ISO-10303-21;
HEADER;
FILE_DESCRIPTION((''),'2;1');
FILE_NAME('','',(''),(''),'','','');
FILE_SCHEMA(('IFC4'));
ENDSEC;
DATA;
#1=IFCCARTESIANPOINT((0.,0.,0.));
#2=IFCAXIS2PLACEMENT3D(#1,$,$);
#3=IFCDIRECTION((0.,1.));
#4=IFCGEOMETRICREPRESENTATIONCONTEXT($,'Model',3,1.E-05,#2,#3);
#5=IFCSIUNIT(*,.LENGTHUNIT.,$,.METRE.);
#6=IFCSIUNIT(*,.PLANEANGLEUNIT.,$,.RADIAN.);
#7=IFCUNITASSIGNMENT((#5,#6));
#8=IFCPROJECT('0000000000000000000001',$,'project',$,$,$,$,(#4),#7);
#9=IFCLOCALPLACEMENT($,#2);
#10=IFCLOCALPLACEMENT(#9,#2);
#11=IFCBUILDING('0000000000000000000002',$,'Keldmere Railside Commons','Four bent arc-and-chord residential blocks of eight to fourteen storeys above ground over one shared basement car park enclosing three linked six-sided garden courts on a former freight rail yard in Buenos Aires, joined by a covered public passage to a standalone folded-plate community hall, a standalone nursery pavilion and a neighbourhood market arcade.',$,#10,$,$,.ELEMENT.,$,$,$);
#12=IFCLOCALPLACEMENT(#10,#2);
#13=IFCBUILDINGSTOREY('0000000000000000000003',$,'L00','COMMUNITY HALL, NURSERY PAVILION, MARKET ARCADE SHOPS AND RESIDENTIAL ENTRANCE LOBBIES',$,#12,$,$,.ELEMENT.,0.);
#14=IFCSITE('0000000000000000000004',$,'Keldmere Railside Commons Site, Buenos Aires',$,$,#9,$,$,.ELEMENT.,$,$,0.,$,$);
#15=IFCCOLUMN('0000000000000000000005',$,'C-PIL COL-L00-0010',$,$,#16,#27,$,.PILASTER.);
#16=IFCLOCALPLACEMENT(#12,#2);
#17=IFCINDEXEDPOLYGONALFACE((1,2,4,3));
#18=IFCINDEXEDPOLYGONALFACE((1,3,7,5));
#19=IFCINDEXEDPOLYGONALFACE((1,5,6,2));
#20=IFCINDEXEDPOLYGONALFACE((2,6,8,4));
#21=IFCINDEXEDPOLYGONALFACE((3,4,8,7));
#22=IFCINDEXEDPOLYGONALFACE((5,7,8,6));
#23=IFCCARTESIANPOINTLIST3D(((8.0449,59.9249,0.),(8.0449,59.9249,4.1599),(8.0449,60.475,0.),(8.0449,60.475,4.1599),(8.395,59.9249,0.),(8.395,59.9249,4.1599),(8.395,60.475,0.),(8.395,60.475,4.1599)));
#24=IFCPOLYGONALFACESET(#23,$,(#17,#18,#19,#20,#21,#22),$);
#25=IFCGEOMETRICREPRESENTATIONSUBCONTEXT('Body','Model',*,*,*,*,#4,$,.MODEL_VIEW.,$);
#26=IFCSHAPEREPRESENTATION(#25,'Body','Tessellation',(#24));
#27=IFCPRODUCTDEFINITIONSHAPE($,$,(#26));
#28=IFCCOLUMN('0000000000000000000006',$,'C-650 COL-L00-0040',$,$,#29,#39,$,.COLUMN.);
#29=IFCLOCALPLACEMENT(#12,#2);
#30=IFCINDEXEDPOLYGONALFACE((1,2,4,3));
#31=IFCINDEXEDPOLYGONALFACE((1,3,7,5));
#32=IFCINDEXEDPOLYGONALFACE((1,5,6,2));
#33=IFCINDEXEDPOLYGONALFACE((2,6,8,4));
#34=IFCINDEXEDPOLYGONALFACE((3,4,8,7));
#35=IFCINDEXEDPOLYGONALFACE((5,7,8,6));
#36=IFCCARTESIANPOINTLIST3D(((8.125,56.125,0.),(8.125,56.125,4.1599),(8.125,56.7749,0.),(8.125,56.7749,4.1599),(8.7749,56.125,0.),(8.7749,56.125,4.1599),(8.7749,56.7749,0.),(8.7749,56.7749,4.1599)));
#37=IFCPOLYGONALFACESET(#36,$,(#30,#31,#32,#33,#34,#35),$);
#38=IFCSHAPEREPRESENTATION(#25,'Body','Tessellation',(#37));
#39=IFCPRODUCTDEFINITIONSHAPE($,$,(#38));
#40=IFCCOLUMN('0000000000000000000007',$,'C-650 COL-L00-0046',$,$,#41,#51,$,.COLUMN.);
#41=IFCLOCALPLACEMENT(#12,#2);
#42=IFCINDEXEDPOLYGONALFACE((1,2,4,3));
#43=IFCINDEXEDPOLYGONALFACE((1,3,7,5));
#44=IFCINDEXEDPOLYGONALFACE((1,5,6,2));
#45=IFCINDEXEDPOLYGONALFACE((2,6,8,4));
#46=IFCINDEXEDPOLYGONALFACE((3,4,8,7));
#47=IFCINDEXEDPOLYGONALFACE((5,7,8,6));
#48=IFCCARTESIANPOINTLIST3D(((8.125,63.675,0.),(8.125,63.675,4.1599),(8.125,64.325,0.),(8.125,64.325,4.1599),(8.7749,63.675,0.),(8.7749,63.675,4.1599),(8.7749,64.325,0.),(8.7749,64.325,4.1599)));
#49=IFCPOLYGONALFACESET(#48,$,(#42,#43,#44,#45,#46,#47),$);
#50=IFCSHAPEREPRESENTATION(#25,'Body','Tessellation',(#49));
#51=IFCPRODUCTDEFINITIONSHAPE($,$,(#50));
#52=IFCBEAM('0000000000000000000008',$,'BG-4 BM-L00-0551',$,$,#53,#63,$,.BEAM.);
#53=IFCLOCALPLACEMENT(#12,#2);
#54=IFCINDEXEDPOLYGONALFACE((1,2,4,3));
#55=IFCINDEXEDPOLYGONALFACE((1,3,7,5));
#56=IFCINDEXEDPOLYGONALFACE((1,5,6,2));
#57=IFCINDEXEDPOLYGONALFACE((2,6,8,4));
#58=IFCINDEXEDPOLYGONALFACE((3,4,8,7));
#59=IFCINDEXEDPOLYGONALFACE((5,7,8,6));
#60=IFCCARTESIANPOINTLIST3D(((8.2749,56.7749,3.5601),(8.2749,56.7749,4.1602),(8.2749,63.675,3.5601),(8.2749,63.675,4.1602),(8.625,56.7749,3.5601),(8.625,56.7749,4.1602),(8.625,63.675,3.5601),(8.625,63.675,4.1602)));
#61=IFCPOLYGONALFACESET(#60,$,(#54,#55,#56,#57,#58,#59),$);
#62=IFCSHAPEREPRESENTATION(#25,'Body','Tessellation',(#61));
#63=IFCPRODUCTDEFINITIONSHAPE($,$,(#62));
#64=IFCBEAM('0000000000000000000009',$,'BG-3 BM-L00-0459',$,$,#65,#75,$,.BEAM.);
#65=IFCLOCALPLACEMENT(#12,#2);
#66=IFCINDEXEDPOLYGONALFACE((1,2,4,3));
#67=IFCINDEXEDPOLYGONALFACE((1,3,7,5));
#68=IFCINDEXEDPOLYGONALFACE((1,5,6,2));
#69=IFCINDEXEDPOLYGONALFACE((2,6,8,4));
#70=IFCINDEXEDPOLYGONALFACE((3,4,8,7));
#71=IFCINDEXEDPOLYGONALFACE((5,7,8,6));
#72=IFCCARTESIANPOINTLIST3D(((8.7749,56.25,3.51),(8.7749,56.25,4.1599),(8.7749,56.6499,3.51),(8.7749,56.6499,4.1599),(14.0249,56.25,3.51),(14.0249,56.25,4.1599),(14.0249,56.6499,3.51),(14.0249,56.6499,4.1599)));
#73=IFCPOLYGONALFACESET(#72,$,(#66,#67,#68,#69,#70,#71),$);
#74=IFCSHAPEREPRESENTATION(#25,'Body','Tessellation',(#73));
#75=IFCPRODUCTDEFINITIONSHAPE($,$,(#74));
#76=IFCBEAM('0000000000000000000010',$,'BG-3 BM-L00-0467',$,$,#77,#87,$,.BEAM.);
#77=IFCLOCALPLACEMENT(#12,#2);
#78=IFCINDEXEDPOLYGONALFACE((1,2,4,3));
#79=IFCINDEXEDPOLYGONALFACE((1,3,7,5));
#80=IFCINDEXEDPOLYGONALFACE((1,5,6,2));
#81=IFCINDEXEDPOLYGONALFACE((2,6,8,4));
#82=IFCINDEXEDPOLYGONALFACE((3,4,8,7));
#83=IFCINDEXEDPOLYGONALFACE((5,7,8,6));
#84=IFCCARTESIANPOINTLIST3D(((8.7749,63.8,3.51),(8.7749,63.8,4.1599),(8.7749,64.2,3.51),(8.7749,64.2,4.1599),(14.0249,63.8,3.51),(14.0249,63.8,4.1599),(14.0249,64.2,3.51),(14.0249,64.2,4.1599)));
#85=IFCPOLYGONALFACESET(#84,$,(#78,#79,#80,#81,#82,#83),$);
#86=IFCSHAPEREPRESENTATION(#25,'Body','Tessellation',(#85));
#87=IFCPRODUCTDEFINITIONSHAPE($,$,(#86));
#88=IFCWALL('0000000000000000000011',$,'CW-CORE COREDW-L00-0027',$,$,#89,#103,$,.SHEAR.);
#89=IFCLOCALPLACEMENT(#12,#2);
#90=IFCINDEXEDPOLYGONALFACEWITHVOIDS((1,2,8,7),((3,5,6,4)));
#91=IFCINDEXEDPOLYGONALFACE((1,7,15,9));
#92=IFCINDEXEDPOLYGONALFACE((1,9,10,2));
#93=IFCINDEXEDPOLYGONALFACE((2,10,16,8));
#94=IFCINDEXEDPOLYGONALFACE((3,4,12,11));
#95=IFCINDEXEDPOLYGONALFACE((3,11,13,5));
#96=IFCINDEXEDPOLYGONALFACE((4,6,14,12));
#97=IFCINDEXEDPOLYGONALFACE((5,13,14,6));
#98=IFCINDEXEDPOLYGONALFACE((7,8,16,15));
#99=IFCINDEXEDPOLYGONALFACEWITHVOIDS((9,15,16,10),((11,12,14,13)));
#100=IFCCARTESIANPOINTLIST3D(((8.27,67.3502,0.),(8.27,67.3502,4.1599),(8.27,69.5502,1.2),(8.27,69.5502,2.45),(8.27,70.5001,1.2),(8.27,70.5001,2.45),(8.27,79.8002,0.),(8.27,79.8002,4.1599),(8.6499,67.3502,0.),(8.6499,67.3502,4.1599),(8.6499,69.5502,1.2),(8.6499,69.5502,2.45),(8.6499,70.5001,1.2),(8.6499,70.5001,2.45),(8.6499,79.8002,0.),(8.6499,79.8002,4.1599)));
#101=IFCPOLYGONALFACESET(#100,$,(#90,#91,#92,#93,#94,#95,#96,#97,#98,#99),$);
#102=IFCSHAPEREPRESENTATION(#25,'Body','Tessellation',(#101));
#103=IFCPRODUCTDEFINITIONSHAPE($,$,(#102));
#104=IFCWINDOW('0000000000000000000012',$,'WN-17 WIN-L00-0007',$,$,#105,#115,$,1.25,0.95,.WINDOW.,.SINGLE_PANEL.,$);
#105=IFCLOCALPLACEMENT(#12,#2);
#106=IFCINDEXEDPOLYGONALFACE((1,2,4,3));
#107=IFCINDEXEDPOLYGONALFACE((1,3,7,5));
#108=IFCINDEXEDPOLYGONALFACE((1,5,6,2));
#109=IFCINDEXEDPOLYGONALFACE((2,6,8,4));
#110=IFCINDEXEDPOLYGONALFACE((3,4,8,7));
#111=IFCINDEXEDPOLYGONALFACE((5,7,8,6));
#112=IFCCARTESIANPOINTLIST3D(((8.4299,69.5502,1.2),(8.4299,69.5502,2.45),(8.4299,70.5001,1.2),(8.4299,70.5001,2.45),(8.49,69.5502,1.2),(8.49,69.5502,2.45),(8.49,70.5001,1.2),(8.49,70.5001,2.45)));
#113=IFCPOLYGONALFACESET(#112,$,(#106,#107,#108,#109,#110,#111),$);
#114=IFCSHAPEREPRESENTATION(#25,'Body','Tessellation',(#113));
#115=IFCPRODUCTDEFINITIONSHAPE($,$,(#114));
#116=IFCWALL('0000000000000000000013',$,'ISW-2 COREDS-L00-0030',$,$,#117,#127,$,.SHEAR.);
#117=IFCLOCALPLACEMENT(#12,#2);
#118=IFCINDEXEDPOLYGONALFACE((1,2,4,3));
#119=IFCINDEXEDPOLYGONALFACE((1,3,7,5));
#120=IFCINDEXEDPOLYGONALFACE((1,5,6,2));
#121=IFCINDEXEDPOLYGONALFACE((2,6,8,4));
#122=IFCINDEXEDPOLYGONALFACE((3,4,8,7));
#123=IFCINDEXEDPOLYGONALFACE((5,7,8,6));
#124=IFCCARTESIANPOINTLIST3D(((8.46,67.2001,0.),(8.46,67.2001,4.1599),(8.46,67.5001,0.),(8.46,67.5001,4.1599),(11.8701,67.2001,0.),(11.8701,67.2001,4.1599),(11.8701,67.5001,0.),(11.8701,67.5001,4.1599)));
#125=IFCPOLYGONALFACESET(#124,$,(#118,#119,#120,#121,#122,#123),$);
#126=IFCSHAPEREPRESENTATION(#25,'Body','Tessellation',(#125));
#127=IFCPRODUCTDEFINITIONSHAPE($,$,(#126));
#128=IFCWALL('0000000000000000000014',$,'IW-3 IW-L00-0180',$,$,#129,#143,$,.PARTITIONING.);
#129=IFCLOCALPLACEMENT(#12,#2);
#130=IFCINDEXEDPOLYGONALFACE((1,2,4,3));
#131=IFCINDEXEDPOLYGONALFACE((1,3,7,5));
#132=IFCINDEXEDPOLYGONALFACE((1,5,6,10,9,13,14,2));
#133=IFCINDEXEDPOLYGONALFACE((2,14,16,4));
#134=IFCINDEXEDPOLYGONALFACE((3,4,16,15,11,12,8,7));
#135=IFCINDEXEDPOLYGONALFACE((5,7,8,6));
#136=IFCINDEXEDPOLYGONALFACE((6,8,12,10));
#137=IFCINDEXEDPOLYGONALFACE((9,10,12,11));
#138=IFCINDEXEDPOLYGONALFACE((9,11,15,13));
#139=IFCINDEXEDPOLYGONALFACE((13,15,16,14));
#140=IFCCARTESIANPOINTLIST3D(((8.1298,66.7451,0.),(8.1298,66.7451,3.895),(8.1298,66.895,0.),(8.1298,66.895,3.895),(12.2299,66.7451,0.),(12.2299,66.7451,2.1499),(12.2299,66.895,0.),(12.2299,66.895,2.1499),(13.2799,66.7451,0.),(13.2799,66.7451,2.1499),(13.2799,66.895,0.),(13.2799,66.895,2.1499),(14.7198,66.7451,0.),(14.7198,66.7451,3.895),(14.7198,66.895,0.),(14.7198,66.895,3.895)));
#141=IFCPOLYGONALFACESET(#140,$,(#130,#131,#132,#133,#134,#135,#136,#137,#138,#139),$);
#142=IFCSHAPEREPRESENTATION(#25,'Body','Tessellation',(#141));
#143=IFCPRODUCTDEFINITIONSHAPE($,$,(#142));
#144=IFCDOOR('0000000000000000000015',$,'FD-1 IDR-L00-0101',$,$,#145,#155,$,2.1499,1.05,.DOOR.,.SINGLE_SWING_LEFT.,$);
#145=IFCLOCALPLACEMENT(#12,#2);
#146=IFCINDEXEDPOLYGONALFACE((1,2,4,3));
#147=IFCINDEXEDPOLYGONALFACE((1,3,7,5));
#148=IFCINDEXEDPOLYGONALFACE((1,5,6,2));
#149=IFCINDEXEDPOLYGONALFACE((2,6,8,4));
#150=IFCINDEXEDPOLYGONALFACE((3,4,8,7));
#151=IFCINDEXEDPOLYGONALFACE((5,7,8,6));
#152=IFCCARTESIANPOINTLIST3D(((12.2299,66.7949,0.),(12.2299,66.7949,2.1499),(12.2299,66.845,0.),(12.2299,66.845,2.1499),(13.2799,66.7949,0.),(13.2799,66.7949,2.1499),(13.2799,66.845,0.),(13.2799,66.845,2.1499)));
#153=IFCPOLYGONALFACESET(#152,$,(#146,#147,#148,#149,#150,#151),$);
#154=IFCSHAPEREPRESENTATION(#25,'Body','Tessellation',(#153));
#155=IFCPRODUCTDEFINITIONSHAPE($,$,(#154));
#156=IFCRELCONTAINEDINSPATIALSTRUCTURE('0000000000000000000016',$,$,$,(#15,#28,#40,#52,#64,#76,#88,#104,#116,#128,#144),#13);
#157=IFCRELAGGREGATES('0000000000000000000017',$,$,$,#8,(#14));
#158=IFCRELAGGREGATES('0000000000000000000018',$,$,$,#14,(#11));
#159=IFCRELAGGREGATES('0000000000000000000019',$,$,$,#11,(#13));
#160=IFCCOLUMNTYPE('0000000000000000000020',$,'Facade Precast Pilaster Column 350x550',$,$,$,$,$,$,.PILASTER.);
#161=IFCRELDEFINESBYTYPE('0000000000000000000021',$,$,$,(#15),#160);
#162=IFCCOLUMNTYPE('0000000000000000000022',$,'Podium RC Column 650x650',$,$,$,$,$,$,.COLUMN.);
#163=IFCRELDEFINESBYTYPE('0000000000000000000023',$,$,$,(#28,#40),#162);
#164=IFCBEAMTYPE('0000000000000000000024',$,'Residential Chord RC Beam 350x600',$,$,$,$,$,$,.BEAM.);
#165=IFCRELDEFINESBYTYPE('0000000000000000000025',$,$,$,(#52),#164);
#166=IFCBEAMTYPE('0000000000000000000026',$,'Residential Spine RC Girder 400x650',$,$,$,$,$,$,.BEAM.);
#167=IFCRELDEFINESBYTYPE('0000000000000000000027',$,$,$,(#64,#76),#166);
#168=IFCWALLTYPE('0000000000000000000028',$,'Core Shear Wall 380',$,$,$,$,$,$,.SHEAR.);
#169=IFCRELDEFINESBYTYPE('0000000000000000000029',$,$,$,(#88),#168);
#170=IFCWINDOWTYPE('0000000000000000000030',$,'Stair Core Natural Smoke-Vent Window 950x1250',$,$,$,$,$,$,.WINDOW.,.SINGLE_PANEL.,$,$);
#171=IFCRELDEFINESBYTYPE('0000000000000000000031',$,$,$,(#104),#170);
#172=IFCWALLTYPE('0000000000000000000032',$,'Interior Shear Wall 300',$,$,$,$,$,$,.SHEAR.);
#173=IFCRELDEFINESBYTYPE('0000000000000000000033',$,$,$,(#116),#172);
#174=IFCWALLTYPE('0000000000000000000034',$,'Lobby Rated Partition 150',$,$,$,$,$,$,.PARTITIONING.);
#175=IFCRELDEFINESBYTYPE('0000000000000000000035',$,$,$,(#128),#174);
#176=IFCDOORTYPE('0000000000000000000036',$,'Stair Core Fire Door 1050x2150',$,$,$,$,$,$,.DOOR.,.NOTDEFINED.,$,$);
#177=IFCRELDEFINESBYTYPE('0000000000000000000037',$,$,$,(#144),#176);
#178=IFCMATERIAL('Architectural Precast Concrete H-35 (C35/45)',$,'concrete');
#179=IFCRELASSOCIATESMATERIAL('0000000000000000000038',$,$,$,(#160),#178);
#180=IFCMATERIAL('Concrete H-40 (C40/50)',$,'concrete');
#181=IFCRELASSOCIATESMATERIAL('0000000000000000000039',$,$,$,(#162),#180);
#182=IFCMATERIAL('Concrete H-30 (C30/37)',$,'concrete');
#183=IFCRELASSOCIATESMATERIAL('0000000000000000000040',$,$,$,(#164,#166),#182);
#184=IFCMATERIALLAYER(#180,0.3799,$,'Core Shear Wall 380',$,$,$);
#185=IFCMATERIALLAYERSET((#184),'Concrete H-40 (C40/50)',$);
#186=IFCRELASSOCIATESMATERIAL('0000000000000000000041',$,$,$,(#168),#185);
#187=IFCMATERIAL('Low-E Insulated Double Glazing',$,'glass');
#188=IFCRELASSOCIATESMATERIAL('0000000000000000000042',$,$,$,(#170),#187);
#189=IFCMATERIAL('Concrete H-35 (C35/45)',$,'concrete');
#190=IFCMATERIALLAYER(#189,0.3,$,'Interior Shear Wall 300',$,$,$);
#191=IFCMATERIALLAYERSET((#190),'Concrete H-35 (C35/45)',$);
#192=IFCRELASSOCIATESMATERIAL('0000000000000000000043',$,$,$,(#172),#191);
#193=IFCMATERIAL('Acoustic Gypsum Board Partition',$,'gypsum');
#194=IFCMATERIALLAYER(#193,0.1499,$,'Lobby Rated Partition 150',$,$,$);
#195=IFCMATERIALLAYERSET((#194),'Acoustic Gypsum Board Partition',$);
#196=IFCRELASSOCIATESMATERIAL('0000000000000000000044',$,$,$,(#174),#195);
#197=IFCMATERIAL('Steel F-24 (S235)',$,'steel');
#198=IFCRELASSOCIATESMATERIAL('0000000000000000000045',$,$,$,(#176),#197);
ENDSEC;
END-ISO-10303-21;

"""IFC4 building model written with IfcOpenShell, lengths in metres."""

from ifc_helpers import new_model, si_unit, direction, frame, frame_2d, origin, origin_2d, place, context, subcontext, project, spatial, rectangle, extrude, material, layer, layer_set, material_profile, profile_set, type_object, element, fill, save


model = new_model("IFC4")

# Units and contexts
model_context = context("Model", 3, precision=1e-05, world=origin(), true_north=direction((0.0, 1.0)))
body_context = subcontext(model_context, "Body", "Model", "MODEL_VIEW")
ifc_project = project(units=[si_unit("LENGTHUNIT", "METRE"), si_unit("PLANEANGLEUNIT", "RADIAN")], contexts=[model_context])

# Site, building, storey
site_placement = place(None, origin())
site = spatial("IfcSite", under=ifc_project, at=site_placement, Name="Keldmere Railside Commons Site, Buenos Aires", CompositionType="ELEMENT", RefElevation=0.0)
building_placement = place(site_placement, origin())
building = spatial("IfcBuilding", under=site, at=building_placement, Name="Keldmere Railside Commons", Description="Four bent arc-and-chord residential blocks of eight to fourteen storeys above ground over one shared basement car park enclosing three linked six-sided garden courts on a former freight rail yard in Buenos Aires, joined by a covered public passage to a standalone folded-plate community hall, a standalone nursery pavilion and a neighbourhood market arcade.", CompositionType="ELEMENT")
storey_placement = place(building_placement, origin())
storey = spatial("IfcBuildingStorey", under=building, at=storey_placement, Name="L00", Description="COMMUNITY HALL, NURSERY PAVILION, MARKET ARCADE SHOPS AND RESIDENTIAL ENTRANCE LOBBIES", CompositionType="ELEMENT", Elevation=0.0)

# Columns
ifc_material_1 = material(Name="Architectural Precast Concrete H-35 (C35/45)", Category="concrete")
ifc_material_profile_1 = material_profile(ifc_material_1, rectangle(XDim=0.3501, YDim=0.55, at=origin_2d()), Name="RC-350x550")
ifc_profile_set_1 = profile_set([ifc_material_profile_1], Name="Architectural Precast Concrete H-35 (C35/45)")
column_type_1 = type_object("IfcColumnType", Name="Facade Precast Pilaster Column 350x550", PredefinedType="PILASTER", material=ifc_profile_set_1)
column_placement = place(storey_placement, frame((8.22, 60.2, 0.0), z_axis=(0.0, 0.0, 1.0), x_axis=(1.0, 0.0, 0.0)))
element("IfcColumn", 1, at=column_placement, inside=storey, type_object=column_type_1, Name="C-PIL COL-L00-0010", PredefinedType="PILASTER", context=body_context, shape_type="SweptSolid", body=[
    extrude(rectangle(XDim=0.3501, YDim=0.55, at=origin_2d()), origin(), (0.0, 0.0, 1.0), 4.1599),
])
ifc_material_2 = material(Name="Concrete H-40 (C40/50)", Category="concrete")
ifc_material_profile_2 = material_profile(ifc_material_2, rectangle(XDim=0.6499, YDim=0.6499, at=origin_2d()), Name="RC-650x650")
ifc_profile_set_2 = profile_set([ifc_material_profile_2], Name="Concrete H-40 (C40/50)")
column_type_2 = type_object("IfcColumnType", Name="Podium RC Column 650x650", PredefinedType="COLUMN", material=ifc_profile_set_2)
for number, where, z_axis, x_axis, name in (
    (2, (8.45, 56.45, 0.0), (0.0, 0.0, 1.0), (1.0, 0.0, 0.0), "C-650 COL-L00-0040"),
    (3, (8.45, 64.0, 0.0), (0.0, 0.0, 1.0), (1.0, 0.0, 0.0), "C-650 COL-L00-0046"),
):
    element("IfcColumn", number, at=place(storey_placement, frame(where, z_axis=z_axis, x_axis=x_axis)), inside=storey, type_object=column_type_2, Name=name, PredefinedType="COLUMN", context=body_context, shape_type="SweptSolid", body=[
        extrude(rectangle(XDim=0.6499, YDim=0.6499, at=origin_2d()), origin(), (0.0, 0.0, 1.0), 4.1599),
    ])

# Beams
ifc_material_3 = material(Name="Concrete H-30 (C30/37)", Category="concrete")
ifc_material_profile_3 = material_profile(ifc_material_3, rectangle(XDim=0.3501, YDim=0.6001, at=origin_2d()), Name="RC-350x600")
ifc_profile_set_3 = profile_set([ifc_material_profile_3], Name="Concrete H-30 (C30/37)")
beam_type_1 = type_object("IfcBeamType", Name="Residential Chord RC Beam 350x600", PredefinedType="BEAM", material=ifc_profile_set_3)
beam_placement = place(storey_placement, frame((8.45, 56.7749, 3.8601), z_axis=(0.0, 1.0, 0.0), x_axis=(-1.0, 0.0, 0.0)))
element("IfcBeam", 4, at=beam_placement, inside=storey, type_object=beam_type_1, Name="BG-4 BM-L00-0551", PredefinedType="BEAM", context=body_context, shape_type="SweptSolid", body=[
    extrude(rectangle(XDim=0.3501, YDim=0.6001, at=origin_2d()), origin(), (0.0, 0.0, 1.0), 6.9001),
])
ifc_material_profile_4 = material_profile(ifc_material_3, rectangle(XDim=0.3999, YDim=0.6499, at=origin_2d()), Name="RC-400x650")
ifc_profile_set_4 = profile_set([ifc_material_profile_4], Name="Concrete H-30 (C30/37)")
beam_type_2 = type_object("IfcBeamType", Name="Residential Spine RC Girder 400x650", PredefinedType="BEAM", material=ifc_profile_set_4)
for number, where, z_axis, x_axis, name in (
    (5, (8.7749, 56.45, 3.835), (1.0, 0.0, 0.0), (0.0, 1.0, 0.0), "BG-3 BM-L00-0459"),
    (6, (8.7749, 64.0, 3.835), (1.0, 0.0, 0.0), (0.0, 1.0, 0.0), "BG-3 BM-L00-0467"),
):
    element("IfcBeam", number, at=place(storey_placement, frame(where, z_axis=z_axis, x_axis=x_axis)), inside=storey, type_object=beam_type_2, Name=name, PredefinedType="BEAM", context=body_context, shape_type="SweptSolid", body=[
        extrude(rectangle(XDim=0.3999, YDim=0.6499, at=origin_2d()), origin(), (0.0, 0.0, 1.0), 5.25),
    ])

# Wall, opening, window
ifc_layer_1 = layer(ifc_material_2, 0.3799, Name="Core Shear Wall 380")
ifc_layer_set_1 = layer_set([ifc_layer_1], Name="Concrete H-40 (C40/50)")
wall_type_1 = type_object("IfcWallType", Name="Core Shear Wall 380", PredefinedType="SHEAR", material=ifc_layer_set_1)
wall_1_placement = place(storey_placement, frame((8.46, 67.3501, 0.0), z_axis=(0.0, 0.0, 1.0), x_axis=(0.0, 1.0, 0.0)))
wall_1 = element("IfcWall", 7, at=wall_1_placement, inside=storey, type_object=wall_type_1, Name="CW-CORE COREDW-L00-0027", PredefinedType="SHEAR", context=body_context, shape_type="SweptSolid", body=[
    extrude(rectangle(XDim=12.45, YDim=0.3799, at=frame_2d((6.2251, 0.0))), origin(), (0.0, 0.0, 1.0), 4.1599),
])
opening_1_placement = place(wall_1_placement, frame((2.2, 0.0, 1.2)))
opening_1 = element("IfcOpeningElement", 8, at=opening_1_placement, cuts=wall_1, PredefinedType="OPENING", context=body_context, shape_type="SweptSolid", body=[
    extrude(rectangle(XDim=0.95, YDim=1.25, at=frame_2d((0.4751, 0.625))), frame((0.0, 0.2, 0.0), z_axis=(0.0, -1.0, 0.0), x_axis=(1.0, 0.0, 0.0)), (0.0, 0.0, 1.0), 0.3999),
])
ifc_material_4 = material(Name="Low-E Insulated Double Glazing", Category="glass")
window_type_1 = type_object("IfcWindowType", Name="Stair Core Natural Smoke-Vent Window 950x1250", PartitioningType="SINGLE_PANEL", PredefinedType="WINDOW", material=ifc_material_4)
window_1_placement = place(opening_1_placement, origin())
window_1 = element("IfcWindow", 9, at=window_1_placement, inside=storey, type_object=window_type_1, Name="WN-17 WIN-L00-0007", OverallHeight=1.25, OverallWidth=0.95, PartitioningType="SINGLE_PANEL", PredefinedType="WINDOW", context=body_context, shape_type="SweptSolid", body=[
    extrude(rectangle(XDim=0.95, YDim=1.25, at=frame_2d((0.4751, 0.625))), frame((0.0, 0.03, 0.0), z_axis=(0.0, -1.0, 0.0), x_axis=(1.0, 0.0, 0.0)), (0.0, 0.0, 1.0), 0.0601),
])
fill(opening_1, window_1)

# Wall
ifc_material_5 = material(Name="Concrete H-35 (C35/45)", Category="concrete")
ifc_layer_2 = layer(ifc_material_5, 0.3, Name="Interior Shear Wall 300")
ifc_layer_set_2 = layer_set([ifc_layer_2], Name="Concrete H-35 (C35/45)")
wall_type_2 = type_object("IfcWallType", Name="Interior Shear Wall 300", PredefinedType="SHEAR", material=ifc_layer_set_2)
wall_2_placement = place(storey_placement, frame((11.8701, 67.3501, 0.0), z_axis=(0.0, 0.0, 1.0), x_axis=(-1.0, 0.0, 0.0)))
element("IfcWall", 10, at=wall_2_placement, inside=storey, type_object=wall_type_2, Name="ISW-2 COREDS-L00-0030", PredefinedType="SHEAR", context=body_context, shape_type="SweptSolid", body=[
    extrude(rectangle(XDim=3.4102, YDim=0.3, at=frame_2d((1.7051, 0.0))), origin(), (0.0, 0.0, 1.0), 4.1599),
])

# Wall, opening, door
ifc_material_6 = material(Name="Acoustic Gypsum Board Partition", Category="gypsum")
ifc_layer_3 = layer(ifc_material_6, 0.1499, Name="Lobby Rated Partition 150")
ifc_layer_set_3 = layer_set([ifc_layer_3], Name="Acoustic Gypsum Board Partition")
wall_type_3 = type_object("IfcWallType", Name="Lobby Rated Partition 150", PredefinedType="PARTITIONING", material=ifc_layer_set_3)
wall_3_placement = place(storey_placement, frame((8.1299, 66.8201, 0.0), z_axis=(0.0, 0.0, 1.0), x_axis=(1.0, 0.0, 0.0)))
wall_3 = element("IfcWall", 11, at=wall_3_placement, inside=storey, type_object=wall_type_3, Name="IW-3 IW-L00-0180", PredefinedType="PARTITIONING", context=body_context, shape_type="SweptSolid", body=[
    extrude(rectangle(XDim=6.5901, YDim=0.1499, at=frame_2d((3.2949, 0.0))), origin(), (0.0, 0.0, 1.0), 3.895),
])
opening_2_placement = place(wall_3_placement, frame((4.1001, 0.0, 0.0)))
opening_2 = element("IfcOpeningElement", 12, at=opening_2_placement, cuts=wall_3, PredefinedType="OPENING", context=body_context, shape_type="SweptSolid", body=[
    extrude(rectangle(XDim=1.05, YDim=2.1499, at=frame_2d((0.5249, 1.075))), frame((0.0, 0.085, 0.0), z_axis=(0.0, -1.0, 0.0), x_axis=(1.0, 0.0, 0.0)), (0.0, 0.0, 1.0), 0.1699),
])
ifc_material_7 = material(Name="Steel F-24 (S235)", Category="steel")
door_type = type_object("IfcDoorType", Name="Stair Core Fire Door 1050x2150", OperationType="NOTDEFINED", PredefinedType="DOOR", material=ifc_material_7)
door_placement = place(opening_2_placement, origin())
door = element("IfcDoor", 13, at=door_placement, inside=storey, type_object=door_type, Name="FD-1 IDR-L00-0101", OperationType="SINGLE_SWING_LEFT", OverallHeight=2.1499, OverallWidth=1.05, PredefinedType="DOOR", context=body_context, shape_type="SweptSolid", body=[
    extrude(rectangle(XDim=1.05, YDim=2.1499, at=frame_2d((0.5249, 1.075))), frame((0.0, 0.0249, 0.0), z_axis=(0.0, -1.0, 0.0), x_axis=(1.0, 0.0, 0.0)), (0.0, 0.0, 1.0), 0.05),
])
fill(opening_2, door)

save(model, "model.ifc")
